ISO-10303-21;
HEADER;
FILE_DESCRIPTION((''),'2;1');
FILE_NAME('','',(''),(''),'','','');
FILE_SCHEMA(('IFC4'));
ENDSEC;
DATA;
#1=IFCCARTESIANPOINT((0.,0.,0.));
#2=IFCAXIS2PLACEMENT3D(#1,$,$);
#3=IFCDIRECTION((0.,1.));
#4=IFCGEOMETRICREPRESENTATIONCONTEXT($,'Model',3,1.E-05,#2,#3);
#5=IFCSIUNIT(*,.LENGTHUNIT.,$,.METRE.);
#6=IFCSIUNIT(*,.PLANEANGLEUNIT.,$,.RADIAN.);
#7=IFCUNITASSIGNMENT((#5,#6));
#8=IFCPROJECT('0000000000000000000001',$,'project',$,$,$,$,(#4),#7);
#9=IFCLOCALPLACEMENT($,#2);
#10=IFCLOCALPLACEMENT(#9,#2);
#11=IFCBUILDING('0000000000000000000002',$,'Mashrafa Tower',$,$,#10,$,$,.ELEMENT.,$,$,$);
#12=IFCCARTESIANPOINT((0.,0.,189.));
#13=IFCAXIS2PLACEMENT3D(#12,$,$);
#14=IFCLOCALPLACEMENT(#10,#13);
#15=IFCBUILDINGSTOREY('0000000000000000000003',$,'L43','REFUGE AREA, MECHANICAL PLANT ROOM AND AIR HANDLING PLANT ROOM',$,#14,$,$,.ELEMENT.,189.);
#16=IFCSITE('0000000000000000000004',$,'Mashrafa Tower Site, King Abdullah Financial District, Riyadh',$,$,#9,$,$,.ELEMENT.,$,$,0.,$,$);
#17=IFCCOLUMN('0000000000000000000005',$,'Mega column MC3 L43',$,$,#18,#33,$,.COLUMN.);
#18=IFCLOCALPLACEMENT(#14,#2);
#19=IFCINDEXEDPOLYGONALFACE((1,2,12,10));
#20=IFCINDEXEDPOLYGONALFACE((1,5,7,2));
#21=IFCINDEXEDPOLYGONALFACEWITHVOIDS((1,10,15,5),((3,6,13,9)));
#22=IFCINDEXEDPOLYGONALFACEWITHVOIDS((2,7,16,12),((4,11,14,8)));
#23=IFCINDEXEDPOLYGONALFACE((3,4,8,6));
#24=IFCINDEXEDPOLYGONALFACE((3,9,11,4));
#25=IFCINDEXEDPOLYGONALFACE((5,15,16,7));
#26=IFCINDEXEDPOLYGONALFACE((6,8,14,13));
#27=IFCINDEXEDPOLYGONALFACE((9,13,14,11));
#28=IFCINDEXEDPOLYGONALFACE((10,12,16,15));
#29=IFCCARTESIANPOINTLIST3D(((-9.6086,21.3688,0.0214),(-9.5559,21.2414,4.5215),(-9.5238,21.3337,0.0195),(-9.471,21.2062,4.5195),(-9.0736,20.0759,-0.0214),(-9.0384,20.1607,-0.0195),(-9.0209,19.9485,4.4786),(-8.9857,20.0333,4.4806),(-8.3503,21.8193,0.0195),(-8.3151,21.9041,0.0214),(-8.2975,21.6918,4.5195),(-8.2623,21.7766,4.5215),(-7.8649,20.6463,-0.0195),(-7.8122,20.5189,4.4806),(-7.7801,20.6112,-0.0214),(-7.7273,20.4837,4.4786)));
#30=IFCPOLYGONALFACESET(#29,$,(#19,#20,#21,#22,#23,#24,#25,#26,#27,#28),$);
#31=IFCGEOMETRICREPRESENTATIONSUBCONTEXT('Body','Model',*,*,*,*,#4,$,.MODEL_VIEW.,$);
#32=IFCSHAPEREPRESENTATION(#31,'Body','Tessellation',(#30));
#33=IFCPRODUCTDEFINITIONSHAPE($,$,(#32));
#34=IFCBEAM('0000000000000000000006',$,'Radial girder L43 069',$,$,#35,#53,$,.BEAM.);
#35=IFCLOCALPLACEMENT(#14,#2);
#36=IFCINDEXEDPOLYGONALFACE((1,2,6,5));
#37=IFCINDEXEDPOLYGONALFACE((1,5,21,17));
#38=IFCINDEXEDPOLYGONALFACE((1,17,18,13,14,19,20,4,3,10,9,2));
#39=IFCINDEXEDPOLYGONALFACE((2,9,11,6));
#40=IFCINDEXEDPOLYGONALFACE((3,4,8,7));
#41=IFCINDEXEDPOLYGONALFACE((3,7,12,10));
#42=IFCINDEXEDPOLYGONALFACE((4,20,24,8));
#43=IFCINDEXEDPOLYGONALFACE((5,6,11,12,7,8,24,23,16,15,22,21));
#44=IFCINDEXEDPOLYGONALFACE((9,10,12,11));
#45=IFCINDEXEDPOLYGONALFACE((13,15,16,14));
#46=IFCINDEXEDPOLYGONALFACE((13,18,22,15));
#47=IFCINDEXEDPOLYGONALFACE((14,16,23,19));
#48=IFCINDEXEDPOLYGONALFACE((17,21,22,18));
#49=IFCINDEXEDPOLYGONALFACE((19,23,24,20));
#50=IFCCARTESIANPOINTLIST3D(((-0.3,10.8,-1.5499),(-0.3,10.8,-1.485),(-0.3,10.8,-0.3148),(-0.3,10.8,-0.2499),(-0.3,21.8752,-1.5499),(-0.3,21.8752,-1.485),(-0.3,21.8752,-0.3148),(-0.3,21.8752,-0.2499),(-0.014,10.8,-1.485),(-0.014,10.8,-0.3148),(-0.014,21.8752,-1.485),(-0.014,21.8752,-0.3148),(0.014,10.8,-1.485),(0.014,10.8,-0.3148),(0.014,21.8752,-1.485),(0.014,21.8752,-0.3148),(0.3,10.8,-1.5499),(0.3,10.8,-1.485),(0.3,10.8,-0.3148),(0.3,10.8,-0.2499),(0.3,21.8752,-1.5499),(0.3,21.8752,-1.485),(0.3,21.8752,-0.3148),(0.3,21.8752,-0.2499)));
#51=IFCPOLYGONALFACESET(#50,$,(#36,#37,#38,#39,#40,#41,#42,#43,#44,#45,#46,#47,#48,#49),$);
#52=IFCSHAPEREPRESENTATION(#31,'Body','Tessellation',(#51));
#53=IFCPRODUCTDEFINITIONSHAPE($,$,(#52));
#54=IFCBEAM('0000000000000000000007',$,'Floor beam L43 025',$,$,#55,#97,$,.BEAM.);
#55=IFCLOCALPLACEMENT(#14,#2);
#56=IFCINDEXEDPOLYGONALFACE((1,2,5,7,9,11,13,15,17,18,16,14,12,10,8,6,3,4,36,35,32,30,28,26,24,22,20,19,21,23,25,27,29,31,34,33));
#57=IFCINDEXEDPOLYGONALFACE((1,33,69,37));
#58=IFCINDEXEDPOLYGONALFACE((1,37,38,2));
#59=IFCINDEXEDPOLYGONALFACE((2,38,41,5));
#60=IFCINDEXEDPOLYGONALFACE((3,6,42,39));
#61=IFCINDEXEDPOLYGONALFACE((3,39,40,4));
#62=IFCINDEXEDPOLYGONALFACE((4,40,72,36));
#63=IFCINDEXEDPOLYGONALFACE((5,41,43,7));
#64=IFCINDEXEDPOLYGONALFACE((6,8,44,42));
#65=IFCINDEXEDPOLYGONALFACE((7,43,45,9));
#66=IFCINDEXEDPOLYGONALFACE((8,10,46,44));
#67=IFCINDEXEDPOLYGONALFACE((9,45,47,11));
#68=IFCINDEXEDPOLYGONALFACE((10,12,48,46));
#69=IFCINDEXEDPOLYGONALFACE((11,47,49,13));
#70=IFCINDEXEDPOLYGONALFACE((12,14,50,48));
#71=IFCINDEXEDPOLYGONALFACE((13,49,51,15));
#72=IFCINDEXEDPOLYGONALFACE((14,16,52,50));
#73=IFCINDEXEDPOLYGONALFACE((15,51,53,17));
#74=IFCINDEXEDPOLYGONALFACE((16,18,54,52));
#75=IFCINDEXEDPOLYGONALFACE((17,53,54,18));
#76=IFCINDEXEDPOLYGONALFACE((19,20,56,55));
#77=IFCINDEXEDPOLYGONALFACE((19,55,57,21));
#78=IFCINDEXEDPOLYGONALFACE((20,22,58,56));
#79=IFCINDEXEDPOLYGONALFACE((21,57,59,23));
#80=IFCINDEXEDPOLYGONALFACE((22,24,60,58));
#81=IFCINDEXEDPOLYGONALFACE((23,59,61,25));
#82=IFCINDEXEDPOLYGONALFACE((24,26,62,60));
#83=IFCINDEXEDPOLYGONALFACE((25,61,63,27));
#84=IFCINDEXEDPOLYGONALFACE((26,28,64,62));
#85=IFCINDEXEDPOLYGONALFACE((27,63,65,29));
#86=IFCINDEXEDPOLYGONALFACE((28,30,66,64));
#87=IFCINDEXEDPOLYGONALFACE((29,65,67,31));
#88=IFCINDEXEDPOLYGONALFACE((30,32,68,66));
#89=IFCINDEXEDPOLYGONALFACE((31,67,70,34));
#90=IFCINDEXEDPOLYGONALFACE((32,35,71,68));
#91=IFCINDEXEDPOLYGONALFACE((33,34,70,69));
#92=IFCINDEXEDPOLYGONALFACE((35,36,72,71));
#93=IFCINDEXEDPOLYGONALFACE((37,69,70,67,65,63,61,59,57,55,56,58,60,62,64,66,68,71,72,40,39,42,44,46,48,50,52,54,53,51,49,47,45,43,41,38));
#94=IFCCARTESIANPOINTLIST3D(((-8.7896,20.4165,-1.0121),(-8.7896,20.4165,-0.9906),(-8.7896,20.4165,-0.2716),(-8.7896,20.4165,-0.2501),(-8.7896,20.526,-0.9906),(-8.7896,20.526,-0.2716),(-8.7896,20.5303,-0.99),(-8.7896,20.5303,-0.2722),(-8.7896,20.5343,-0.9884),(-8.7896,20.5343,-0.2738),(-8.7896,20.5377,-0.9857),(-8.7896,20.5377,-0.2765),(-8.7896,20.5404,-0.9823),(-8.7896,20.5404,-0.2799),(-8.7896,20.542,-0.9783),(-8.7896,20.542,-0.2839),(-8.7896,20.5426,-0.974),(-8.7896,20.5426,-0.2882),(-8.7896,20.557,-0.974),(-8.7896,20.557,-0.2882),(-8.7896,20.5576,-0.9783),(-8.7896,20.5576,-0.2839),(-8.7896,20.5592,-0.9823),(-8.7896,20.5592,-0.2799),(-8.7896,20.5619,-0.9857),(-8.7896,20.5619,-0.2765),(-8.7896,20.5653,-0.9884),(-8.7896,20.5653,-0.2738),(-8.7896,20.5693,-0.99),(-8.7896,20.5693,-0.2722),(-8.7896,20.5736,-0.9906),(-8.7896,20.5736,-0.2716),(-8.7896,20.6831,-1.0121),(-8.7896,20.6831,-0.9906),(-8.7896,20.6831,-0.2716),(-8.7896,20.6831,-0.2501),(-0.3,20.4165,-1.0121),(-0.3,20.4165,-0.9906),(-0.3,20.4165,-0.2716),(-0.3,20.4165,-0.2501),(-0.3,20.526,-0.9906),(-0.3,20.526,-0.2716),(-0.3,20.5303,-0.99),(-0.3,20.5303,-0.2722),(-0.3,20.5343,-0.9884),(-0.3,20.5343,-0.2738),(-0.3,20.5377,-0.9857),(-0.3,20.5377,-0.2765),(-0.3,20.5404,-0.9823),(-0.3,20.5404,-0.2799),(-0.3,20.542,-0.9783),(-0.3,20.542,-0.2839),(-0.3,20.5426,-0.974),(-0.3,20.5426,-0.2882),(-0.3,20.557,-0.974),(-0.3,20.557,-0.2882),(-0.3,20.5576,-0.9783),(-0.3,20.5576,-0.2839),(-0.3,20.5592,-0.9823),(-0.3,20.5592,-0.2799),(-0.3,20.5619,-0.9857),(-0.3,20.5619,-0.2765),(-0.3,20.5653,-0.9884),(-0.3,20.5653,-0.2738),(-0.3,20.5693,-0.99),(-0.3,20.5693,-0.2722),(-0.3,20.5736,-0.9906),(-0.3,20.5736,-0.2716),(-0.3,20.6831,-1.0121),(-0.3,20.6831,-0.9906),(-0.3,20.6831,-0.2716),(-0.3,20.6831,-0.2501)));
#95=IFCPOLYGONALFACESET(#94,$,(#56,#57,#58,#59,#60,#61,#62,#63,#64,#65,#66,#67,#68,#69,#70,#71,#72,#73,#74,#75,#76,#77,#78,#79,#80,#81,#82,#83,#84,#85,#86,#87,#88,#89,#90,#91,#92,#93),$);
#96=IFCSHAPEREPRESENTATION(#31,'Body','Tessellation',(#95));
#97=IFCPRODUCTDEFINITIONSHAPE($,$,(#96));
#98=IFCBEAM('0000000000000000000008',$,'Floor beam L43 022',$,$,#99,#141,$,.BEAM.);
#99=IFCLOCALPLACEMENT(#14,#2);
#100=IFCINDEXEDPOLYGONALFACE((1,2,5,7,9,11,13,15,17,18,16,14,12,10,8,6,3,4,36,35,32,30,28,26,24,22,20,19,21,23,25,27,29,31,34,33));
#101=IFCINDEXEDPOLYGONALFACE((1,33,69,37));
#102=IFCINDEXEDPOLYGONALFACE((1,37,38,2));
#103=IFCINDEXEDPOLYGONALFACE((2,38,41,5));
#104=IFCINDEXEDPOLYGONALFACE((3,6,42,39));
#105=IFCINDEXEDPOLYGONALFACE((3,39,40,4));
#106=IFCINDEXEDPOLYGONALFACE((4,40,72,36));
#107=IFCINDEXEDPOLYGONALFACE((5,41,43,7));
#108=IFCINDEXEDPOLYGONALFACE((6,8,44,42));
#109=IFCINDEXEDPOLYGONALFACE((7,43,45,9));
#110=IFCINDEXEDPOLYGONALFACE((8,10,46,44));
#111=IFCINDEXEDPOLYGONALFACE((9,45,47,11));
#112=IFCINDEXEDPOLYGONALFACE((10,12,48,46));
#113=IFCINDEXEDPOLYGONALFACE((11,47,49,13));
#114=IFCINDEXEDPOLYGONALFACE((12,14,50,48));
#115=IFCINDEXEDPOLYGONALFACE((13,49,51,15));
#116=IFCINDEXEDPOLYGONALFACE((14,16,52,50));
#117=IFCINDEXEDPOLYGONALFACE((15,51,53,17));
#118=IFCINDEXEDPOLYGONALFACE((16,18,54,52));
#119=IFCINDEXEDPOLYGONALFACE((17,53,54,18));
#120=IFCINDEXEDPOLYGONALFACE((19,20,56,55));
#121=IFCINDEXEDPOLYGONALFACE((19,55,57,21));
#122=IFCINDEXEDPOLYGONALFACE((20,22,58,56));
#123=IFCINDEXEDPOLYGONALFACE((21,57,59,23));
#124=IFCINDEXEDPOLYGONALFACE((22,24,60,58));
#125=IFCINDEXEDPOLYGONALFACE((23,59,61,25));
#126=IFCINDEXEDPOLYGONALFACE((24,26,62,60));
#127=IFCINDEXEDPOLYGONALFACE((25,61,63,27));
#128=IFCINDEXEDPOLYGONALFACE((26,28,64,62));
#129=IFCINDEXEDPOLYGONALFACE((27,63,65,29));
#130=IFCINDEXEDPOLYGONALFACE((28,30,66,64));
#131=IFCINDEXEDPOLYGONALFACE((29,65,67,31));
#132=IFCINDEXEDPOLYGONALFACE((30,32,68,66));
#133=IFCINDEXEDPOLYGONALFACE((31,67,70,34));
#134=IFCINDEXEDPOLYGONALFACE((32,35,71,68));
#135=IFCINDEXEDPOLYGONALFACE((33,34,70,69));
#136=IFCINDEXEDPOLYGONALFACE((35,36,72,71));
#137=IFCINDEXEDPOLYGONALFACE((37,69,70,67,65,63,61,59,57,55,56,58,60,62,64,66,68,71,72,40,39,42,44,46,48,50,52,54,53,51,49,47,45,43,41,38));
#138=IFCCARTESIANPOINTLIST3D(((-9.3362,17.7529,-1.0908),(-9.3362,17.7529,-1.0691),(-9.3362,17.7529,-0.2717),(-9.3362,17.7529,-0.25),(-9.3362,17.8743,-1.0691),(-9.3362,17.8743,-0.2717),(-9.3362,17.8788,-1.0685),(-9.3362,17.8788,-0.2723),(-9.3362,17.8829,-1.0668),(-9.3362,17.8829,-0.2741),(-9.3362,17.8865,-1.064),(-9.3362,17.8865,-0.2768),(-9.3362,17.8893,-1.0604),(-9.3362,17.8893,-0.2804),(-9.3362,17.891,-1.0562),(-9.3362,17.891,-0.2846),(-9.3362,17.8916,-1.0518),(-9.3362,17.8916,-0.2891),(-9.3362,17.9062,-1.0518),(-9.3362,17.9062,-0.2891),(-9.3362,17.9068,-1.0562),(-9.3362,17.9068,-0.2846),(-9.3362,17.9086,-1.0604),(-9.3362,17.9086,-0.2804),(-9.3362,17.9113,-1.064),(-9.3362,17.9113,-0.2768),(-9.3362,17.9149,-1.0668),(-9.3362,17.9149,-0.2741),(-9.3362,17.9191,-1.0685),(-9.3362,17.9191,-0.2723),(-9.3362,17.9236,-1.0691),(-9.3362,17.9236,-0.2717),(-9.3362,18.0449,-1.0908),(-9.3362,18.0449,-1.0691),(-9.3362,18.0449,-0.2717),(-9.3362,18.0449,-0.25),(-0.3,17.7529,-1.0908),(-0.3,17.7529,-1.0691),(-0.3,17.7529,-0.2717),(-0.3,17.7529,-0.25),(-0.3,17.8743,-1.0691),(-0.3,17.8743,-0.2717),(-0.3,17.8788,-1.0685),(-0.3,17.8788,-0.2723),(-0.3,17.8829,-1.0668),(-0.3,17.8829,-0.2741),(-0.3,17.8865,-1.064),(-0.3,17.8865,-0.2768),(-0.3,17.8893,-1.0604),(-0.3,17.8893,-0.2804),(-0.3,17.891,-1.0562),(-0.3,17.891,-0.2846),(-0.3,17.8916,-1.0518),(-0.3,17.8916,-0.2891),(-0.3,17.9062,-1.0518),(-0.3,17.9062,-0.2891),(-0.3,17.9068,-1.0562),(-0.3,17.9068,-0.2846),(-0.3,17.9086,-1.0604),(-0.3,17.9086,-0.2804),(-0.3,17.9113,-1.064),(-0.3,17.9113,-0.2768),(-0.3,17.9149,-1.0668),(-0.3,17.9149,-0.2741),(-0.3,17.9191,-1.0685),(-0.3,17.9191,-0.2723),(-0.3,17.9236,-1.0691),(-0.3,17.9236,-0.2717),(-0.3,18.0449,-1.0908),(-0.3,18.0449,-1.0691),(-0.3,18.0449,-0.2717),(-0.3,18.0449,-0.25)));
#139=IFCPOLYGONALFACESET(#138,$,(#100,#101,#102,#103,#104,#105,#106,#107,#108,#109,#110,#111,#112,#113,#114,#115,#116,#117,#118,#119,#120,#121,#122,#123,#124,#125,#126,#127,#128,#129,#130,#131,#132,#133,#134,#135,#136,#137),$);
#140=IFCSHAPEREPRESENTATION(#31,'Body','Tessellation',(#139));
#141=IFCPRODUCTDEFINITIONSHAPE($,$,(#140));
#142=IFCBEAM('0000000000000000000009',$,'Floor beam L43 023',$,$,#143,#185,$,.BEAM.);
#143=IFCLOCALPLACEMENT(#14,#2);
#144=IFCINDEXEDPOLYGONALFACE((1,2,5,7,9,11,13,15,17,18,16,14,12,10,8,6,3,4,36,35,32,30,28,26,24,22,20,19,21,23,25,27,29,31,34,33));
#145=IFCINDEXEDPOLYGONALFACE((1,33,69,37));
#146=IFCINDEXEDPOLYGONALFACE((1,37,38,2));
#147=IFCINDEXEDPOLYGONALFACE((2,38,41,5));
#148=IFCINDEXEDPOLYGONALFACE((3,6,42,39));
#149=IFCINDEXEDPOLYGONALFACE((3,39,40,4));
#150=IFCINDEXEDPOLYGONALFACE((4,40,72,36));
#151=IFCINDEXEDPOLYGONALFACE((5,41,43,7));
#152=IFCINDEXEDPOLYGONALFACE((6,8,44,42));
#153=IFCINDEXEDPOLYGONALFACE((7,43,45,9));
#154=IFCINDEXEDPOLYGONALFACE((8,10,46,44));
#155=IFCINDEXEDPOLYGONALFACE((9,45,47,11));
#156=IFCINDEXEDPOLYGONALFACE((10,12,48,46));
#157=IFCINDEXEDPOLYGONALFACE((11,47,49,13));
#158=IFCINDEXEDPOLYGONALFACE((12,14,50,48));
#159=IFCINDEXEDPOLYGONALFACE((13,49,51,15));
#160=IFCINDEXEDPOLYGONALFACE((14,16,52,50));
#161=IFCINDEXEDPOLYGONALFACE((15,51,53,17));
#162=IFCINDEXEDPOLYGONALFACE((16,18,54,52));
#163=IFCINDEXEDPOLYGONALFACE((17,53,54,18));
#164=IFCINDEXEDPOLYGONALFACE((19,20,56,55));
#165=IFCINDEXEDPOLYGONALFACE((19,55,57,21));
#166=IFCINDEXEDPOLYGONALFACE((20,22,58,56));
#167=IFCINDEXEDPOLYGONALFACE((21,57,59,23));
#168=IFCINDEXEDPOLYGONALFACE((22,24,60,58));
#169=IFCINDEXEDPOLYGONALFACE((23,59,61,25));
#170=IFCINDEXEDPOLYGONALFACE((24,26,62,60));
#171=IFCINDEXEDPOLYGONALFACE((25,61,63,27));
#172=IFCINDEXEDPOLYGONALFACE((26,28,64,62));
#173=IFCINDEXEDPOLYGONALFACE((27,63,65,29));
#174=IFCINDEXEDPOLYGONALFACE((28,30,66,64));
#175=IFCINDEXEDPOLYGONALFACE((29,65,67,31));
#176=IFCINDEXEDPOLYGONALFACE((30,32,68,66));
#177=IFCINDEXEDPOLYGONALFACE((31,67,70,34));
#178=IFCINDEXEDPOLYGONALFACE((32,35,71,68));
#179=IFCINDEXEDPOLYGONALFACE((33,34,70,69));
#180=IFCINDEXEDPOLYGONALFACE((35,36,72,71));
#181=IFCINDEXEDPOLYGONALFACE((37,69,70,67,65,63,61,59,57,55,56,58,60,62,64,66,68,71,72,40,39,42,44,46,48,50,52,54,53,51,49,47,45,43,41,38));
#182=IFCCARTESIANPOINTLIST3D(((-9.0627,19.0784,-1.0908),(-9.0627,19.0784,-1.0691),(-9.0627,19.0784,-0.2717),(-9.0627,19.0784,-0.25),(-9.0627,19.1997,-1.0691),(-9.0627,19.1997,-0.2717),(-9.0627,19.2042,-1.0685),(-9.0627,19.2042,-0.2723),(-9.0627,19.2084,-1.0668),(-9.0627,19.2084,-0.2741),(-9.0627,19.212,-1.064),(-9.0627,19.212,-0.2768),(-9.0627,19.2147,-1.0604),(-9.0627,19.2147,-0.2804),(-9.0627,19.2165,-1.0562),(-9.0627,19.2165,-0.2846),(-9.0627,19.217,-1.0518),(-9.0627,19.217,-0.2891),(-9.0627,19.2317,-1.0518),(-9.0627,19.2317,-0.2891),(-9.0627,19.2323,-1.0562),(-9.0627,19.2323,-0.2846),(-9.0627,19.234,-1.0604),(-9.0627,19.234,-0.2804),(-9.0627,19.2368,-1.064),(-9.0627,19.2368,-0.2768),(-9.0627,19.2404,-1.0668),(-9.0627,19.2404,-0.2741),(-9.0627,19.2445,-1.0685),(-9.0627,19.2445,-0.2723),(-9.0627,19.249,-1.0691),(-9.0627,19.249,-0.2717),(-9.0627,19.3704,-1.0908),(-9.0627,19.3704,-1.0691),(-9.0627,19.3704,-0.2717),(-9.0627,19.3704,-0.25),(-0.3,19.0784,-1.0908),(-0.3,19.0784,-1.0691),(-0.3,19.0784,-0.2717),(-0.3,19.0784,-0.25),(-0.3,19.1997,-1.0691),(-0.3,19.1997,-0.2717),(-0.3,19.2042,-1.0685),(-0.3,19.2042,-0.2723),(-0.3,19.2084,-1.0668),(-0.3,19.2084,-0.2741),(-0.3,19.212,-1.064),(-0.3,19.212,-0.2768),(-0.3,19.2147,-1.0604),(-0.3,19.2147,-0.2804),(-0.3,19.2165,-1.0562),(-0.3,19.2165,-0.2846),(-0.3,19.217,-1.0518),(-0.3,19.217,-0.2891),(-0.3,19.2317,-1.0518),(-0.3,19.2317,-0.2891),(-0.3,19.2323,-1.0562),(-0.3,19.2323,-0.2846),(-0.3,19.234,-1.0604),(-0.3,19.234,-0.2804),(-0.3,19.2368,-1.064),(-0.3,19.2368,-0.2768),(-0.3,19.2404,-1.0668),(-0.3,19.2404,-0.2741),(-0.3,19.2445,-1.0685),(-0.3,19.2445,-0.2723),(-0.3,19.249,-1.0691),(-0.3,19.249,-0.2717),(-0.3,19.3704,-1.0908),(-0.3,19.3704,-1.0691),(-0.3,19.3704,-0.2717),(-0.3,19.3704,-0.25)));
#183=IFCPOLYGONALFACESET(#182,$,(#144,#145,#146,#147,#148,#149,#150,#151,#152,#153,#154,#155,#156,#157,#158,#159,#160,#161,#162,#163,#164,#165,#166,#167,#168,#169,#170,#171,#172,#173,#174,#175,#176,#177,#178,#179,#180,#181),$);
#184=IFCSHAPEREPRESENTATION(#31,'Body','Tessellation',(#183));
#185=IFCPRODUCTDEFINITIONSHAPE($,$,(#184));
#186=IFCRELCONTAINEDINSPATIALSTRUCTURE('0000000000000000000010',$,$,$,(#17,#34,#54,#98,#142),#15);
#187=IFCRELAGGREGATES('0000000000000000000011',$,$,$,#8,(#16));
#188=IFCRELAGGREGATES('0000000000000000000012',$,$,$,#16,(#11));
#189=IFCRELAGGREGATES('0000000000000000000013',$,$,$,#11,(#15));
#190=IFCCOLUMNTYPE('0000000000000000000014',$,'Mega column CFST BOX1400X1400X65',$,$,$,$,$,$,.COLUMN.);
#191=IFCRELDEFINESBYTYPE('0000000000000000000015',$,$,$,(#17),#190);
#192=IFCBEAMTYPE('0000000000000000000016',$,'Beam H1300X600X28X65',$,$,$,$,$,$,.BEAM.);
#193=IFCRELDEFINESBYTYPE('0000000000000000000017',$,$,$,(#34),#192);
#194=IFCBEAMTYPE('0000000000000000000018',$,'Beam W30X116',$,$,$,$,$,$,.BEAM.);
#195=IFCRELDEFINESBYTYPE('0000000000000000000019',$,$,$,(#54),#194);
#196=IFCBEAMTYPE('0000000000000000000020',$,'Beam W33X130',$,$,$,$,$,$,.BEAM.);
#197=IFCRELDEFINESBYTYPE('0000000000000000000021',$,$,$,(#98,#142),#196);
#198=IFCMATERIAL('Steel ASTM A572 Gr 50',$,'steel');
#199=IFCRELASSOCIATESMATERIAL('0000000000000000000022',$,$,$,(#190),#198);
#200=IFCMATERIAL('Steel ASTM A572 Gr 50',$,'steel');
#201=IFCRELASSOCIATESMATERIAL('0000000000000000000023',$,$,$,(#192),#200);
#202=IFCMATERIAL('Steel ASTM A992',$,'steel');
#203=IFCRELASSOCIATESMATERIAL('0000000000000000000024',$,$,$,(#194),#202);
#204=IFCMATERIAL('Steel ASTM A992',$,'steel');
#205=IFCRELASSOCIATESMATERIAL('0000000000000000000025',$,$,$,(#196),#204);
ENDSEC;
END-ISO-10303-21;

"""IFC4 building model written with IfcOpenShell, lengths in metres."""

from ifc_helpers import new_model, si_unit, direction, frame, origin, origin_2d, place, context, subcontext, project, spatial, hollow_rectangle, i_section, extrude, material, material_profile, profile_set, type_object, element, save


model = new_model("IFC4")

# Units and contexts
model_context = context("Model", 3, precision=1e-05, world=origin(), true_north=direction((0.0, 1.0)))
body_context = subcontext(model_context, "Body", "Model", "MODEL_VIEW")
ifc_project = project(units=[si_unit("LENGTHUNIT", "METRE"), si_unit("PLANEANGLEUNIT", "RADIAN")], contexts=[model_context])

# Site, building, storey
site_placement = place(None, origin())
site = spatial("IfcSite", under=ifc_project, at=site_placement, Name="Mashrafa Tower Site, King Abdullah Financial District, Riyadh", CompositionType="ELEMENT", RefElevation=0.0)
building_placement = place(site_placement, origin())
building = spatial("IfcBuilding", under=site, at=building_placement, Name="Mashrafa Tower", CompositionType="ELEMENT")
storey_placement = place(building_placement, frame((0.0, 0.0, 189.0)))
storey = spatial("IfcBuildingStorey", under=building, at=storey_placement, Name="L43", Description="REFUGE AREA, MECHANICAL PLANT ROOM AND AIR HANDLING PLANT ROOM", CompositionType="ELEMENT", Elevation=189.0)

# Column
ifc_material_1 = material(Name="Steel ASTM A572 Gr 50", Category="steel")
ifc_material_profile_1 = material_profile(ifc_material_1, hollow_rectangle(XDim=1.3999, YDim=1.3999, WallThickness=0.0649, at=origin_2d()), Name="BOX1400X1400X65")
ifc_profile_set_1 = profile_set([ifc_material_profile_1], Name="Steel ASTM A572 Gr 50")
column_type = type_object("IfcColumnType", Name="Mega column CFST BOX1400X1400X65", PredefinedType="COLUMN", material=ifc_profile_set_1)
column_placement = place(storey_placement, frame((-8.6943, 20.99, 0.0), z_axis=(0.011713, -0.028307, 0.999531), x_axis=(0.924017, 0.382352, 0.0)))
element("IfcColumn", 1, at=column_placement, inside=storey, type_object=column_type, Name="Mega column MC3 L43", PredefinedType="COLUMN", context=body_context, shape_type="SweptSolid", body=[
    extrude(hollow_rectangle(XDim=1.3999, YDim=1.3999, WallThickness=0.0649, at=origin_2d()), origin(), (0.0, 0.0, 1.0), 4.5022),
])

# Beams
ifc_material_2 = material(Name="Steel ASTM A572 Gr 50", Category="steel")
ifc_material_profile_2 = material_profile(ifc_material_2, i_section(OverallWidth=0.6001, OverallDepth=1.3, WebThickness=0.0281, FlangeThickness=0.0649, at=origin_2d()), Name="H1300X600X28X65")
ifc_profile_set_2 = profile_set([ifc_material_profile_2], Name="Steel ASTM A572 Gr 50")
beam_type_1 = type_object("IfcBeamType", Name="Beam H1300X600X28X65", PredefinedType="BEAM", material=ifc_profile_set_2)
beam_1_placement = place(storey_placement, frame((0.0, 10.8, -0.8999), z_axis=(0.0, 1.0, 0.0), x_axis=(-1.0, 0.0, 0.0)))
element("IfcBeam", 2, at=beam_1_placement, inside=storey, type_object=beam_type_1, Name="Radial girder L43 069", PredefinedType="BEAM", context=body_context, shape_type="SweptSolid", body=[
    extrude(i_section(OverallWidth=0.6001, OverallDepth=1.3, WebThickness=0.0281, FlangeThickness=0.0649, at=origin_2d()), origin(), (0.0, 0.0, 1.0), 11.0752),
])
ifc_material_3 = material(Name="Steel ASTM A992", Category="steel")
ifc_material_profile_3 = material_profile(ifc_material_3, i_section(OverallWidth=0.2666, OverallDepth=0.762, WebThickness=0.0144, FlangeThickness=0.0215, FilletRadius=0.0166, at=origin_2d()), Name="W30X116")
ifc_profile_set_3 = profile_set([ifc_material_profile_3], Name="Steel ASTM A992")
beam_type_2 = type_object("IfcBeamType", Name="Beam W30X116", PredefinedType="BEAM", material=ifc_profile_set_3)
beam_2_placement = place(storey_placement, frame((-8.7896, 20.5498, -0.6311), z_axis=(1.0, 0.0, 0.0), x_axis=(0.0, 1.0, 0.0)))
element("IfcBeam", 3, at=beam_2_placement, inside=storey, type_object=beam_type_2, Name="Floor beam L43 025", PredefinedType="BEAM", context=body_context, shape_type="SweptSolid", body=[
    extrude(i_section(OverallWidth=0.2666, OverallDepth=0.762, WebThickness=0.0144, FlangeThickness=0.0215, FilletRadius=0.0166, at=origin_2d()), origin(), (0.0, 0.0, 1.0), 8.4895),
])
ifc_material_4 = material(Name="Steel ASTM A992", Category="steel")
ifc_material_profile_4 = material_profile(ifc_material_4, i_section(OverallWidth=0.292, OverallDepth=0.8408, WebThickness=0.0146, FlangeThickness=0.0217, FilletRadius=0.0173, at=origin_2d()), Name="W33X130")
ifc_profile_set_4 = profile_set([ifc_material_profile_4], Name="Steel ASTM A992")
beam_type_3 = type_object("IfcBeamType", Name="Beam W33X130", PredefinedType="BEAM", material=ifc_profile_set_4)
beam_3_placement = place(storey_placement, frame((-9.3362, 17.8989, -0.6704), z_axis=(1.0, 0.0, 0.0), x_axis=(0.0, 1.0, 0.0)))
element("IfcBeam", 4, at=beam_3_placement, inside=storey, type_object=beam_type_3, Name="Floor beam L43 022", PredefinedType="BEAM", context=body_context, shape_type="SweptSolid", body=[
    extrude(i_section(OverallWidth=0.292, OverallDepth=0.8408, WebThickness=0.0146, FlangeThickness=0.0217, FilletRadius=0.0173, at=origin_2d()), origin(), (0.0, 0.0, 1.0), 9.0361),
])
beam_4_placement = place(storey_placement, frame((-9.0627, 19.2244, -0.6704), z_axis=(1.0, 0.0, 0.0), x_axis=(0.0, 1.0, 0.0)))
element("IfcBeam", 5, at=beam_4_placement, inside=storey, type_object=beam_type_3, Name="Floor beam L43 023", PredefinedType="BEAM", context=body_context, shape_type="SweptSolid", body=[
    extrude(i_section(OverallWidth=0.292, OverallDepth=0.8408, WebThickness=0.0146, FlangeThickness=0.0217, FilletRadius=0.0173, at=origin_2d()), origin(), (0.0, 0.0, 1.0), 8.7627),
])

save(model, "model.ifc")
